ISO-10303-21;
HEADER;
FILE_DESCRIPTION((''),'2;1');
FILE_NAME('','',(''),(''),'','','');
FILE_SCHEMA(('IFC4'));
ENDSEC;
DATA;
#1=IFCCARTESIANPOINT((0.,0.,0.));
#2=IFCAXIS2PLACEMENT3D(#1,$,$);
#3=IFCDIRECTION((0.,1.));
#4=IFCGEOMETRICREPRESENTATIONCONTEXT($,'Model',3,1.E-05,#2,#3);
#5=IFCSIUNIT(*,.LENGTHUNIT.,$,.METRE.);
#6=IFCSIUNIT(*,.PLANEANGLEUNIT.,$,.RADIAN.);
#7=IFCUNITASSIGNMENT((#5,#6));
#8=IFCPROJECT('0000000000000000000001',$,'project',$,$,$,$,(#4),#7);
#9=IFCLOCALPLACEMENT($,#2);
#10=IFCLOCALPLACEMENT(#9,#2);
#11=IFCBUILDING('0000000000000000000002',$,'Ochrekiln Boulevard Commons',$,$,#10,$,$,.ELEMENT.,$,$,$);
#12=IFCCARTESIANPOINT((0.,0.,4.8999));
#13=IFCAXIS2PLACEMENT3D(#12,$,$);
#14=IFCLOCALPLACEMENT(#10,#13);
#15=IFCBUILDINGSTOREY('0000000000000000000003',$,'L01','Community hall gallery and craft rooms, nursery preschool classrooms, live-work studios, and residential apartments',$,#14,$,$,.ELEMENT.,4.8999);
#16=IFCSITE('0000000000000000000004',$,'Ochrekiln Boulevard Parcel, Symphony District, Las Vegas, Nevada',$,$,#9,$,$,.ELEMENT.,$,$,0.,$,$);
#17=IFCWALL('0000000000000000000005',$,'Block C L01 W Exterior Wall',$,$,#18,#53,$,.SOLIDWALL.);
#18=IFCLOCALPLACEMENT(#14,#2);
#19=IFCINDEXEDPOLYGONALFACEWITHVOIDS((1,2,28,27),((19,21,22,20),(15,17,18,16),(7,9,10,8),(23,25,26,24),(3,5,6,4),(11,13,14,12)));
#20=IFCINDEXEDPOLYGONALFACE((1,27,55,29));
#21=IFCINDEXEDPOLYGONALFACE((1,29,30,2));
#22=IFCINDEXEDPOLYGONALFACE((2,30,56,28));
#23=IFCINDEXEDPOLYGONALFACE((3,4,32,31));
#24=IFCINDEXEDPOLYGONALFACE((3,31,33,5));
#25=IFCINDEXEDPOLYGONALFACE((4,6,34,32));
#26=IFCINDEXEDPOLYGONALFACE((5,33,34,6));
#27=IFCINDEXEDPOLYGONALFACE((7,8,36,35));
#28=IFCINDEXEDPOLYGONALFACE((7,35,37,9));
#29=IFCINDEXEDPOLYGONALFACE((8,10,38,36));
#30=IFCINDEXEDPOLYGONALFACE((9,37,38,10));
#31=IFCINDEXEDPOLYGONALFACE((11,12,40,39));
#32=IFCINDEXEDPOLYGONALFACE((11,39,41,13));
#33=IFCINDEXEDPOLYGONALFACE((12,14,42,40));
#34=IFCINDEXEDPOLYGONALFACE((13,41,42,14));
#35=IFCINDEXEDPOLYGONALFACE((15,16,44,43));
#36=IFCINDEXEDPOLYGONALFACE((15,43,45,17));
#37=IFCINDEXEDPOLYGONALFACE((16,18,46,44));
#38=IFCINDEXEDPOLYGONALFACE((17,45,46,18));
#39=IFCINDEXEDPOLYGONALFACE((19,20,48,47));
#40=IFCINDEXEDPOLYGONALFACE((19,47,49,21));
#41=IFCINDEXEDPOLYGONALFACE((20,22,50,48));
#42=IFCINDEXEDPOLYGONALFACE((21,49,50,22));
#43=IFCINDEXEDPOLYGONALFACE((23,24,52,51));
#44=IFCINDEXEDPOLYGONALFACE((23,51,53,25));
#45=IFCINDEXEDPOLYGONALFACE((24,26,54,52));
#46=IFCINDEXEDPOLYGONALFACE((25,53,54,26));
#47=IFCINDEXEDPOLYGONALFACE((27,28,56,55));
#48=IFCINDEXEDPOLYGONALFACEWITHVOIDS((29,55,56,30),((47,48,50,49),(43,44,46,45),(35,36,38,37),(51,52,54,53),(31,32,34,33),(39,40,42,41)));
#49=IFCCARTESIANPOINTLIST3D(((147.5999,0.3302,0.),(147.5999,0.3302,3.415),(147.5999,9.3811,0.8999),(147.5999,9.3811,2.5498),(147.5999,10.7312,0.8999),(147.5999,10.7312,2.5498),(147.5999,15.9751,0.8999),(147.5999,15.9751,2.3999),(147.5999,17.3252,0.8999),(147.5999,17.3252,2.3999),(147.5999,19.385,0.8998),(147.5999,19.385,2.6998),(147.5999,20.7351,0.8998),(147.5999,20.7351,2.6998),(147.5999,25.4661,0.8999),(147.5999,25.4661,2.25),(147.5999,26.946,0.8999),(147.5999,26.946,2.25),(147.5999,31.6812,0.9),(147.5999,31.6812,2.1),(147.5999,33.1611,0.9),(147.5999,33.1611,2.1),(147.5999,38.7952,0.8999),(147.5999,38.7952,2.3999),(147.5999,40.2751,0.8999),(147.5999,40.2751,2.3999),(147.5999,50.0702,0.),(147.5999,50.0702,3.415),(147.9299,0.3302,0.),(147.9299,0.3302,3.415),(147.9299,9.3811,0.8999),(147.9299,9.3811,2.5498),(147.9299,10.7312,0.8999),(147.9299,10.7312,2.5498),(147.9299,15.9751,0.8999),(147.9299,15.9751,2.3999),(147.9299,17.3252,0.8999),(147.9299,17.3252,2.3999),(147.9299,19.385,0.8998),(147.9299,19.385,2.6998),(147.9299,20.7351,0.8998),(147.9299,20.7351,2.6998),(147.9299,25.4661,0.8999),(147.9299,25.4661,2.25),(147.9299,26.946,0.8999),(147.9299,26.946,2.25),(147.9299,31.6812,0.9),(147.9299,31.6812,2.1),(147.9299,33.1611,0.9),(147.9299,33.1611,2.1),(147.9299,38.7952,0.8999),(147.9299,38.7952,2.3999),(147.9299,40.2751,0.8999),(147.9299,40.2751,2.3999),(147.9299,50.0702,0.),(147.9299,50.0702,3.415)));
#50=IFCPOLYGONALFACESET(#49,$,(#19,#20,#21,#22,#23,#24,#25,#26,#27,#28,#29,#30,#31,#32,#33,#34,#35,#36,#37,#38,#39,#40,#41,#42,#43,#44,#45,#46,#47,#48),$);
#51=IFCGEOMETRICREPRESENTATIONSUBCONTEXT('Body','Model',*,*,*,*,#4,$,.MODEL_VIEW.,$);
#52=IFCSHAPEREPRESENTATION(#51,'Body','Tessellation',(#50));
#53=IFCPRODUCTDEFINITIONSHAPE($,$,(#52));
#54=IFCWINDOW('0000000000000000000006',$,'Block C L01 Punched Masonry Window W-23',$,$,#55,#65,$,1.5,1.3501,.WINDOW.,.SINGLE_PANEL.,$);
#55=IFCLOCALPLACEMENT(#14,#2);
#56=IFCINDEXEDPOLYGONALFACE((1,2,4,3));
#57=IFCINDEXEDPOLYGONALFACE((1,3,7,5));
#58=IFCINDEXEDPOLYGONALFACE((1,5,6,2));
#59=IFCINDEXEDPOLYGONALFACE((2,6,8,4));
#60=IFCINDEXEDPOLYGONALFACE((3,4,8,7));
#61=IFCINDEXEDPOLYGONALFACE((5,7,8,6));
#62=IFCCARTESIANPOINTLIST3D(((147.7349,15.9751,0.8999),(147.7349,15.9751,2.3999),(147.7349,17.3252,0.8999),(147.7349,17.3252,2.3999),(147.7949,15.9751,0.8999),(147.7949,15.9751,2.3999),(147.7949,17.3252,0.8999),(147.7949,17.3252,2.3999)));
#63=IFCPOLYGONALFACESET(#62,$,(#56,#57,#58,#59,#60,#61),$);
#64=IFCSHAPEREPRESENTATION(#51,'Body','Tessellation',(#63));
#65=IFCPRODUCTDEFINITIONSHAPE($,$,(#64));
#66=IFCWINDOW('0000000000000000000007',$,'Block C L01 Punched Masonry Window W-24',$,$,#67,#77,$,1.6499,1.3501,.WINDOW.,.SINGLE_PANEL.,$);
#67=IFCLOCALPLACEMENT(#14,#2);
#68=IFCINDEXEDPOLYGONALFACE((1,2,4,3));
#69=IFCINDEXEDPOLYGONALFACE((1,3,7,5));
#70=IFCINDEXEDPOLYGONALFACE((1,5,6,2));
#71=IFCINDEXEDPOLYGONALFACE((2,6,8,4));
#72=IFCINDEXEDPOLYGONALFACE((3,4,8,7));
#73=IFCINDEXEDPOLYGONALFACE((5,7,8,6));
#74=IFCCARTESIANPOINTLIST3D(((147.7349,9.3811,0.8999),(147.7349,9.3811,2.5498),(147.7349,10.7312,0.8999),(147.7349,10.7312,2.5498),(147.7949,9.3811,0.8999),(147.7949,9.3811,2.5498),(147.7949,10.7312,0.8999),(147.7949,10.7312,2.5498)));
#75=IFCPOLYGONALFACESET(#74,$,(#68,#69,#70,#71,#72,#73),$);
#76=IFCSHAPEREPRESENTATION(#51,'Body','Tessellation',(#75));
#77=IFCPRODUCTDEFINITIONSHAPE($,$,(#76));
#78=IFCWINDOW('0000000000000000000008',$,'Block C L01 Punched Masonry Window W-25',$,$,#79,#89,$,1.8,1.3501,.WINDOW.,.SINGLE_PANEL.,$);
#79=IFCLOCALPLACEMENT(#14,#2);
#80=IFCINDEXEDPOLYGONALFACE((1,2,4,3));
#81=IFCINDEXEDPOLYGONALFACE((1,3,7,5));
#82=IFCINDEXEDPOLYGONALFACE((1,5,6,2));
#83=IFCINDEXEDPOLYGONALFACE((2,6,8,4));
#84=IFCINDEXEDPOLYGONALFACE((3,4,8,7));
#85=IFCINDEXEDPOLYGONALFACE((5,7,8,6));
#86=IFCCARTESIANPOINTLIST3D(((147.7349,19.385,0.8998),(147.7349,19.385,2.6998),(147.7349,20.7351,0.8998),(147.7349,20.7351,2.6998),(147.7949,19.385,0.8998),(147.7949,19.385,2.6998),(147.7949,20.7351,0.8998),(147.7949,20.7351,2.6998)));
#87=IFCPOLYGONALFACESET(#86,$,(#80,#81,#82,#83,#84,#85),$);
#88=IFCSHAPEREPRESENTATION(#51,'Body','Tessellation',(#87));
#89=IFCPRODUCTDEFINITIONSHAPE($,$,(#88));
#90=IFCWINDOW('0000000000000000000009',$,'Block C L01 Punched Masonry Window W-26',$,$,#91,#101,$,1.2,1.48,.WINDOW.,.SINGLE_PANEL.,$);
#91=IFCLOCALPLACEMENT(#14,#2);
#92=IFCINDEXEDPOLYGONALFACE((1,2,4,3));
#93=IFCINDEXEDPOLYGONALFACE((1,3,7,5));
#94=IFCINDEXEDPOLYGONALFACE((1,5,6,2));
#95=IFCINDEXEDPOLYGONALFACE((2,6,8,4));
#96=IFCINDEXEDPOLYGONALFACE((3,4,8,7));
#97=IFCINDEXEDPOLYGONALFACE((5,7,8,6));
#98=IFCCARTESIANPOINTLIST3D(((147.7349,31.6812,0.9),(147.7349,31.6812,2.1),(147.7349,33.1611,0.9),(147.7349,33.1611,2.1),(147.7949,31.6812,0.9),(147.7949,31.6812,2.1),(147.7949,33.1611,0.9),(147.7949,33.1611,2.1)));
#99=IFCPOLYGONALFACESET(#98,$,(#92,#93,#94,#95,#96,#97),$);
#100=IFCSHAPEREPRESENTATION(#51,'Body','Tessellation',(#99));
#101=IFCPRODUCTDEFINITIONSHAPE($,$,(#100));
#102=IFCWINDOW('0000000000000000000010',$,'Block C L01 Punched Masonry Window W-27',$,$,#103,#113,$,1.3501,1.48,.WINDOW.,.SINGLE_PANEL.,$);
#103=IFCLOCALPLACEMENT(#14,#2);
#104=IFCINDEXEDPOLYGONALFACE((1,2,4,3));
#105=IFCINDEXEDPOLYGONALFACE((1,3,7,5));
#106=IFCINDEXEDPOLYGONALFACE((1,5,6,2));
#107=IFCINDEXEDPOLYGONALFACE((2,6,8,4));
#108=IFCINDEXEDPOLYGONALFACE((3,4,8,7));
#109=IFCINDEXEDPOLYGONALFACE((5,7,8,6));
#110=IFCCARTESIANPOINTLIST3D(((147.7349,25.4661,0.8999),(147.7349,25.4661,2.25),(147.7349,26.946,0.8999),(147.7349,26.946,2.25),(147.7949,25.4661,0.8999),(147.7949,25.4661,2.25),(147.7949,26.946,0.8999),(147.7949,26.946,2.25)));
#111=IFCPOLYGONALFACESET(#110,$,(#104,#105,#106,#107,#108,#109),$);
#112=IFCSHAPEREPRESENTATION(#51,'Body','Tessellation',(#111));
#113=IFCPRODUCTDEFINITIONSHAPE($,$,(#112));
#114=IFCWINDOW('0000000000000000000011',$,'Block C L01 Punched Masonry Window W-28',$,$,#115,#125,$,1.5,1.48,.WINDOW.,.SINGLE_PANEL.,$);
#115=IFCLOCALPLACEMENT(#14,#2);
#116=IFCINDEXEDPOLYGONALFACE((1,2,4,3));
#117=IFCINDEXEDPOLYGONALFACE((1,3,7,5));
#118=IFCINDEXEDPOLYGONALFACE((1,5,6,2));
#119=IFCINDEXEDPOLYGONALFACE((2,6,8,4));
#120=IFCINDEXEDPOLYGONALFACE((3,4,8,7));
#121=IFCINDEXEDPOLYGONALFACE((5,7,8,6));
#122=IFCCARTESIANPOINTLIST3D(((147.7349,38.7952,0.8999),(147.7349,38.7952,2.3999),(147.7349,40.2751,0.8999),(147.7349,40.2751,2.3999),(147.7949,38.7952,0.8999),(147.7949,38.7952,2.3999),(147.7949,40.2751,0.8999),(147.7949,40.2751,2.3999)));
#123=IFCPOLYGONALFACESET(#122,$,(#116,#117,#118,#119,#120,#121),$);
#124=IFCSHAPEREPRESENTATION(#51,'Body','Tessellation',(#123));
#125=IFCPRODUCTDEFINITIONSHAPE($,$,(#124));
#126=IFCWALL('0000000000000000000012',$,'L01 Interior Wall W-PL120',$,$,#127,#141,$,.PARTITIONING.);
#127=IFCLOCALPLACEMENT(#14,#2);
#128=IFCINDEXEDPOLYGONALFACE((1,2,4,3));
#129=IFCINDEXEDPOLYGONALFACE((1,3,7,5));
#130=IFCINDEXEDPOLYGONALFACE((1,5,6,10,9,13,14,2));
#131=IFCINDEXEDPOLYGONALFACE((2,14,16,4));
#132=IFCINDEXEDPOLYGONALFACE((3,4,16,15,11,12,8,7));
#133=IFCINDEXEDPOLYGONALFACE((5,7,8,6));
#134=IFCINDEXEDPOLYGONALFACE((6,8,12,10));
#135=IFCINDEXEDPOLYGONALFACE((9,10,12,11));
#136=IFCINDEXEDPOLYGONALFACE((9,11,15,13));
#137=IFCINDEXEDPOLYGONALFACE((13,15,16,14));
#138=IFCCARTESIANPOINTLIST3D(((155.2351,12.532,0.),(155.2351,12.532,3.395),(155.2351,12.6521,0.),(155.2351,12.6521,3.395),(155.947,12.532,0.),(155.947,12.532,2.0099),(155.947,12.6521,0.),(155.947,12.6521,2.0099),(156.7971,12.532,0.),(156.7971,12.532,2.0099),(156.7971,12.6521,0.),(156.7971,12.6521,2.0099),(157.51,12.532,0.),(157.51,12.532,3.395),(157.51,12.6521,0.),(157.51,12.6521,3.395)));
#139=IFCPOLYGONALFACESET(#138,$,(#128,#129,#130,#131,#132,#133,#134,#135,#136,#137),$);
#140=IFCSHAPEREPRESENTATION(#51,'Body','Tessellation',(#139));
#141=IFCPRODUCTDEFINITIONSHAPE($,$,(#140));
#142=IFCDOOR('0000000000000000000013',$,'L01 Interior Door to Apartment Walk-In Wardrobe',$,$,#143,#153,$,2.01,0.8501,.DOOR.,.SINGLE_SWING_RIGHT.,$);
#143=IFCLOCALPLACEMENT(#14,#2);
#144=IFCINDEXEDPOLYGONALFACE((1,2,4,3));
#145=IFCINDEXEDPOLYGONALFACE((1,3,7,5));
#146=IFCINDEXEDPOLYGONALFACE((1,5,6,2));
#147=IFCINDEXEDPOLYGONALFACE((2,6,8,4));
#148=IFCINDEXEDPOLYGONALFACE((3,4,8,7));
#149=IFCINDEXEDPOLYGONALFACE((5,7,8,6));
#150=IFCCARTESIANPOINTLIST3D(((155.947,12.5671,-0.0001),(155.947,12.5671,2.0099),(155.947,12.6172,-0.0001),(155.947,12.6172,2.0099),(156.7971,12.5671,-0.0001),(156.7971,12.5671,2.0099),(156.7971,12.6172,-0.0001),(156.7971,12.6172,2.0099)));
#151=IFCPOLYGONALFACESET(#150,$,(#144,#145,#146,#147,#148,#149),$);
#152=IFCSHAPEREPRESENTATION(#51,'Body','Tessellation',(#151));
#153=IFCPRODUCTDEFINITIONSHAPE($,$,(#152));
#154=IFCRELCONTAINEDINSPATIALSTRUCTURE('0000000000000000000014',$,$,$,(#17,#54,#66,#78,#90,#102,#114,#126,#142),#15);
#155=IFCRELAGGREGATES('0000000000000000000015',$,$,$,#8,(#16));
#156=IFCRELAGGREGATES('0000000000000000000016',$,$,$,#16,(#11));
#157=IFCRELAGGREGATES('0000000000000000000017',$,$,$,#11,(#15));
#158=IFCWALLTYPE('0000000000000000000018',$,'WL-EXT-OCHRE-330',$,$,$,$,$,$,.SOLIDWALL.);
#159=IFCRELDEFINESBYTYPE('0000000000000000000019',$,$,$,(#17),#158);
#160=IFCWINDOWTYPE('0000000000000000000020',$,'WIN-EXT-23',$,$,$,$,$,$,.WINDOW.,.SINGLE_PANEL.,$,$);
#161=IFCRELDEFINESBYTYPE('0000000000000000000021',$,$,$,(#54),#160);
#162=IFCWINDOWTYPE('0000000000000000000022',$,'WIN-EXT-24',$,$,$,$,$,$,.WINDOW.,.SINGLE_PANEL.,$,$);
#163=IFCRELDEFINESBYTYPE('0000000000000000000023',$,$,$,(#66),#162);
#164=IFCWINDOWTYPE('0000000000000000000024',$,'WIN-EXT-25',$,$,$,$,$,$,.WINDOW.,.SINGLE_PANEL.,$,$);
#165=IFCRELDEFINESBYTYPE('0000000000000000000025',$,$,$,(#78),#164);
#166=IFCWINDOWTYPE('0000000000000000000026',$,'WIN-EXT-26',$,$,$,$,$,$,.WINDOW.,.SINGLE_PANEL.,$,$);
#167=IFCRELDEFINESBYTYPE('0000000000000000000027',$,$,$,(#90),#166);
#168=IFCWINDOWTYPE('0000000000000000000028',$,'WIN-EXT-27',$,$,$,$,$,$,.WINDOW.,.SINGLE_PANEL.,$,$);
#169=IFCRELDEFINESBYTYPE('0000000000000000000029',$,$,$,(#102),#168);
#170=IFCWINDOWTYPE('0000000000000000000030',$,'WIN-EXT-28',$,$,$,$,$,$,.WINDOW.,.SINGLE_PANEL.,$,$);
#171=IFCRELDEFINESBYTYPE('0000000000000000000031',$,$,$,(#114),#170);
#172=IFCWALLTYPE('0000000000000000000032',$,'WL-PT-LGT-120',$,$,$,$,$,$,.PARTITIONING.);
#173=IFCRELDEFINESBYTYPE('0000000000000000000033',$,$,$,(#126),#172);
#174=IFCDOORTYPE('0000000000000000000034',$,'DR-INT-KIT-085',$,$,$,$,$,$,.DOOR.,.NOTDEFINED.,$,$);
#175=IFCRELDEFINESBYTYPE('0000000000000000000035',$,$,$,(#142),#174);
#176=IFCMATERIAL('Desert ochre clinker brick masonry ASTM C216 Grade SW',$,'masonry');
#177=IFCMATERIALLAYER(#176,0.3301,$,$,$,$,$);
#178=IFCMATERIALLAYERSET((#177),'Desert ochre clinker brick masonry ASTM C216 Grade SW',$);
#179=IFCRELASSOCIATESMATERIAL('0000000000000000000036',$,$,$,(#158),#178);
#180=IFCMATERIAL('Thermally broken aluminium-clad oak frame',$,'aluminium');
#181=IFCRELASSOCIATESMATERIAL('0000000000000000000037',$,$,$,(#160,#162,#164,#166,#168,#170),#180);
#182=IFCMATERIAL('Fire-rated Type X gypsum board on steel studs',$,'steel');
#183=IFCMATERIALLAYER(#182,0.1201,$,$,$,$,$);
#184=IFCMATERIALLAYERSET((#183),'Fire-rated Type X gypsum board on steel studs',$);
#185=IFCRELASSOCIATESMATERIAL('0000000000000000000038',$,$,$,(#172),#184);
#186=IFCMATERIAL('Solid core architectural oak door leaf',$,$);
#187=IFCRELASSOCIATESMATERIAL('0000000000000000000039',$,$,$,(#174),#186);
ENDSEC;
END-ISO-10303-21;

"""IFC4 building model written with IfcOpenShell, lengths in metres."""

from ifc_helpers import new_model, si_unit, direction, frame, frame_2d, origin, place, context, subcontext, project, spatial, rectangle, extrude, material, layer, layer_set, type_object, element, fill, save


model = new_model("IFC4")

# Units and contexts
model_context = context("Model", 3, precision=1e-05, world=origin(), true_north=direction((0.0, 1.0)))
body_context = subcontext(model_context, "Body", "Model", "MODEL_VIEW")
ifc_project = project(units=[si_unit("LENGTHUNIT", "METRE"), si_unit("PLANEANGLEUNIT", "RADIAN")], contexts=[model_context])

# Site, building, storey
site_placement = place(None, origin())
site = spatial("IfcSite", under=ifc_project, at=site_placement, Name="Ochrekiln Boulevard Parcel, Symphony District, Las Vegas, Nevada", CompositionType="ELEMENT", RefElevation=0.0)
building_placement = place(site_placement, origin())
building = spatial("IfcBuilding", under=site, at=building_placement, Name="Ochrekiln Boulevard Commons", CompositionType="ELEMENT")
storey_placement = place(building_placement, frame((0.0, 0.0, 4.8999)))
storey = spatial("IfcBuildingStorey", under=building, at=storey_placement, Name="L01", Description="Community hall gallery and craft rooms, nursery preschool classrooms, live-work studios, and residential apartments", CompositionType="ELEMENT", Elevation=4.8999)

# Wall, openings, windows
ifc_material_1 = material(Name="Desert ochre clinker brick masonry ASTM C216 Grade SW", Category="masonry")
ifc_layer_1 = layer(ifc_material_1, 0.3301)
ifc_layer_set_1 = layer_set([ifc_layer_1], Name="Desert ochre clinker brick masonry ASTM C216 Grade SW")
wall_type_1 = type_object("IfcWallType", Name="WL-EXT-OCHRE-330", PredefinedType="SOLIDWALL", material=ifc_layer_set_1)
wall_1_placement = place(storey_placement, frame((147.7649, 0.3301, 0.0), z_axis=(0.0, 0.0, 1.0), x_axis=(0.0, 1.0, 0.0)))
wall_1 = element("IfcWall", 1, at=wall_1_placement, inside=storey, type_object=wall_type_1, Name="Block C L01 W Exterior Wall", PredefinedType="SOLIDWALL", context=body_context, shape_type="SweptSolid", body=[
    extrude(rectangle(XDim=49.74, YDim=0.3301, at=frame_2d((24.8701, 0.0))), origin(), (0.0, 0.0, 1.0), 3.415),
])
opening_1_placement = place(wall_1_placement, frame((15.645, 0.0, 0.8999)))
opening_1 = element("IfcOpeningElement", 2, at=opening_1_placement, cuts=wall_1, PredefinedType="OPENING", context=body_context, shape_type="SweptSolid", body=[
    extrude(rectangle(XDim=1.3501, YDim=1.5, at=frame_2d((0.675, 0.75))), frame((0.0, 0.175, 0.0), z_axis=(0.0, -1.0, 0.0), x_axis=(1.0, 0.0, 0.0)), (0.0, 0.0, 1.0), 0.3501),
])
opening_2_placement = place(wall_1_placement, frame((9.051, 0.0, 0.8999)))
opening_2 = element("IfcOpeningElement", 3, at=opening_2_placement, cuts=wall_1, PredefinedType="OPENING", context=body_context, shape_type="SweptSolid", body=[
    extrude(rectangle(XDim=1.3501, YDim=1.6499, at=frame_2d((0.675, 0.825))), frame((0.0, 0.175, 0.0), z_axis=(0.0, -1.0, 0.0), x_axis=(1.0, 0.0, 0.0)), (0.0, 0.0, 1.0), 0.3501),
])
opening_3_placement = place(wall_1_placement, frame((19.0549, 0.0, 0.8999)))
opening_3 = element("IfcOpeningElement", 4, at=opening_3_placement, cuts=wall_1, PredefinedType="OPENING", context=body_context, shape_type="SweptSolid", body=[
    extrude(rectangle(XDim=1.3501, YDim=1.8, at=frame_2d((0.675, 0.8999))), frame((0.0, 0.175, 0.0), z_axis=(0.0, -1.0, 0.0), x_axis=(1.0, 0.0, 0.0)), (0.0, 0.0, 1.0), 0.3501),
])
opening_4_placement = place(wall_1_placement, frame((31.3511, 0.0, 0.8999)))
opening_4 = element("IfcOpeningElement", 5, at=opening_4_placement, cuts=wall_1, PredefinedType="OPENING", context=body_context, shape_type="SweptSolid", body=[
    extrude(rectangle(XDim=1.48, YDim=1.2, at=frame_2d((0.74, 0.6001))), frame((0.0, 0.175, 0.0), z_axis=(0.0, -1.0, 0.0), x_axis=(1.0, 0.0, 0.0)), (0.0, 0.0, 1.0), 0.3501),
])
opening_5_placement = place(wall_1_placement, frame((25.136, 0.0, 0.8999)))
opening_5 = element("IfcOpeningElement", 6, at=opening_5_placement, cuts=wall_1, PredefinedType="OPENING", context=body_context, shape_type="SweptSolid", body=[
    extrude(rectangle(XDim=1.48, YDim=1.3501, at=frame_2d((0.74, 0.675))), frame((0.0, 0.175, 0.0), z_axis=(0.0, -1.0, 0.0), x_axis=(1.0, 0.0, 0.0)), (0.0, 0.0, 1.0), 0.3501),
])
opening_6_placement = place(wall_1_placement, frame((38.4651, 0.0, 0.8999)))
opening_6 = element("IfcOpeningElement", 7, at=opening_6_placement, cuts=wall_1, PredefinedType="OPENING", context=body_context, shape_type="SweptSolid", body=[
    extrude(rectangle(XDim=1.48, YDim=1.5, at=frame_2d((0.74, 0.75))), frame((0.0, 0.175, 0.0), z_axis=(0.0, -1.0, 0.0), x_axis=(1.0, 0.0, 0.0)), (0.0, 0.0, 1.0), 0.3501),
])
ifc_material_2 = material(Name="Thermally broken aluminium-clad oak frame", Category="aluminium")
window_type_1 = type_object("IfcWindowType", Name="WIN-EXT-23", PartitioningType="SINGLE_PANEL", PredefinedType="WINDOW", material=ifc_material_2)
window_1_placement = place(opening_1_placement, origin())
window_1 = element("IfcWindow", 8, at=window_1_placement, inside=storey, type_object=window_type_1, Name="Block C L01 Punched Masonry Window W-23", OverallHeight=1.5, OverallWidth=1.3501, PartitioningType="SINGLE_PANEL", PredefinedType="WINDOW", context=body_context, shape_type="SweptSolid", body=[
    extrude(rectangle(XDim=1.3501, YDim=1.5, at=frame_2d((0.675, 0.75))), frame((0.0, 0.03, 0.0), z_axis=(0.0, -1.0, 0.0), x_axis=(1.0, 0.0, 0.0)), (0.0, 0.0, 1.0), 0.0601),
])
fill(opening_1, window_1)
window_type_2 = type_object("IfcWindowType", Name="WIN-EXT-24", PartitioningType="SINGLE_PANEL", PredefinedType="WINDOW", material=ifc_material_2)
window_2_placement = place(opening_2_placement, origin())
window_2 = element("IfcWindow", 9, at=window_2_placement, inside=storey, type_object=window_type_2, Name="Block C L01 Punched Masonry Window W-24", OverallHeight=1.6499, OverallWidth=1.3501, PartitioningType="SINGLE_PANEL", PredefinedType="WINDOW", context=body_context, shape_type="SweptSolid", body=[
    extrude(rectangle(XDim=1.3501, YDim=1.6499, at=frame_2d((0.675, 0.825))), frame((0.0, 0.03, 0.0), z_axis=(0.0, -1.0, 0.0), x_axis=(1.0, 0.0, 0.0)), (0.0, 0.0, 1.0), 0.0601),
])
fill(opening_2, window_2)
window_type_3 = type_object("IfcWindowType", Name="WIN-EXT-25", PartitioningType="SINGLE_PANEL", PredefinedType="WINDOW", material=ifc_material_2)
window_3_placement = place(opening_3_placement, origin())
window_3 = element("IfcWindow", 10, at=window_3_placement, inside=storey, type_object=window_type_3, Name="Block C L01 Punched Masonry Window W-25", OverallHeight=1.8, OverallWidth=1.3501, PartitioningType="SINGLE_PANEL", PredefinedType="WINDOW", context=body_context, shape_type="SweptSolid", body=[
    extrude(rectangle(XDim=1.3501, YDim=1.8, at=frame_2d((0.675, 0.8999))), frame((0.0, 0.03, 0.0), z_axis=(0.0, -1.0, 0.0), x_axis=(1.0, 0.0, 0.0)), (0.0, 0.0, 1.0), 0.0601),
])
fill(opening_3, window_3)
window_type_4 = type_object("IfcWindowType", Name="WIN-EXT-26", PartitioningType="SINGLE_PANEL", PredefinedType="WINDOW", material=ifc_material_2)
window_4_placement = place(opening_4_placement, origin())
window_4 = element("IfcWindow", 11, at=window_4_placement, inside=storey, type_object=window_type_4, Name="Block C L01 Punched Masonry Window W-26", OverallHeight=1.2, OverallWidth=1.48, PartitioningType="SINGLE_PANEL", PredefinedType="WINDOW", context=body_context, shape_type="SweptSolid", body=[
    extrude(rectangle(XDim=1.48, YDim=1.2, at=frame_2d((0.74, 0.6001))), frame((0.0, 0.03, 0.0), z_axis=(0.0, -1.0, 0.0), x_axis=(1.0, 0.0, 0.0)), (0.0, 0.0, 1.0), 0.0601),
])
fill(opening_4, window_4)
window_type_5 = type_object("IfcWindowType", Name="WIN-EXT-27", PartitioningType="SINGLE_PANEL", PredefinedType="WINDOW", material=ifc_material_2)
window_5_placement = place(opening_5_placement, origin())
window_5 = element("IfcWindow", 12, at=window_5_placement, inside=storey, type_object=window_type_5, Name="Block C L01 Punched Masonry Window W-27", OverallHeight=1.3501, OverallWidth=1.48, PartitioningType="SINGLE_PANEL", PredefinedType="WINDOW", context=body_context, shape_type="SweptSolid", body=[
    extrude(rectangle(XDim=1.48, YDim=1.3501, at=frame_2d((0.74, 0.675))), frame((0.0, 0.03, 0.0), z_axis=(0.0, -1.0, 0.0), x_axis=(1.0, 0.0, 0.0)), (0.0, 0.0, 1.0), 0.0601),
])
fill(opening_5, window_5)
window_type_6 = type_object("IfcWindowType", Name="WIN-EXT-28", PartitioningType="SINGLE_PANEL", PredefinedType="WINDOW", material=ifc_material_2)
window_6_placement = place(opening_6_placement, origin())
window_6 = element("IfcWindow", 13, at=window_6_placement, inside=storey, type_object=window_type_6, Name="Block C L01 Punched Masonry Window W-28", OverallHeight=1.5, OverallWidth=1.48, PartitioningType="SINGLE_PANEL", PredefinedType="WINDOW", context=body_context, shape_type="SweptSolid", body=[
    extrude(rectangle(XDim=1.48, YDim=1.5, at=frame_2d((0.74, 0.75))), frame((0.0, 0.03, 0.0), z_axis=(0.0, -1.0, 0.0), x_axis=(1.0, 0.0, 0.0)), (0.0, 0.0, 1.0), 0.0601),
])
fill(opening_6, window_6)

# Wall, opening, door
ifc_material_3 = material(Name="Fire-rated Type X gypsum board on steel studs", Category="steel")
ifc_layer_2 = layer(ifc_material_3, 0.1201)
ifc_layer_set_2 = layer_set([ifc_layer_2], Name="Fire-rated Type X gypsum board on steel studs")
wall_type_2 = type_object("IfcWallType", Name="WL-PT-LGT-120", PredefinedType="PARTITIONING", material=ifc_layer_set_2)
wall_2_placement = place(storey_placement, frame((155.2351, 12.592, 0.0), z_axis=(0.0, 0.0, 1.0), x_axis=(1.0, 0.0, 0.0)))
wall_2 = element("IfcWall", 14, at=wall_2_placement, inside=storey, type_object=wall_type_2, Name="L01 Interior Wall W-PL120", PredefinedType="PARTITIONING", context=body_context, shape_type="SweptSolid", body=[
    extrude(rectangle(XDim=2.2749, YDim=0.1201, at=frame_2d((1.1375, 0.0))), origin(), (0.0, 0.0, 1.0), 3.395),
])
opening_7_placement = place(wall_2_placement, frame((0.7119, 0.0, 0.0)))
opening_7 = element("IfcOpeningElement", 15, at=opening_7_placement, cuts=wall_2, PredefinedType="OPENING", context=body_context, shape_type="SweptSolid", body=[
    extrude(rectangle(XDim=0.8501, YDim=2.01, at=frame_2d((0.425, 1.0049))), frame((0.0, 0.0701, 0.0), z_axis=(0.0, -1.0, 0.0), x_axis=(1.0, 0.0, 0.0)), (0.0, 0.0, 1.0), 0.1401),
])
ifc_material_4 = material(Name="Solid core architectural oak door leaf")
door_type_1 = type_object("IfcDoorType", Name="DR-INT-KIT-085", OperationType="NOTDEFINED", PredefinedType="DOOR", material=ifc_material_4)
door_1_placement = place(opening_7_placement, frame((0.8501, 0.0, 0.0), z_axis=(0.0, 0.0, 1.0), x_axis=(-1.0, 0.0, 0.0)))
door_1 = element("IfcDoor", 16, at=door_1_placement, inside=storey, type_object=door_type_1, Name="L01 Interior Door to Apartment Walk-In Wardrobe", OperationType="SINGLE_SWING_RIGHT", OverallHeight=2.01, OverallWidth=0.8501, PredefinedType="DOOR", context=body_context, shape_type="SweptSolid", body=[
    extrude(rectangle(XDim=0.8501, YDim=2.01, at=frame_2d((0.425, 1.0049))), frame((0.0, 0.0249, 0.0), z_axis=(0.0, -1.0, 0.0), x_axis=(1.0, 0.0, 0.0)), (0.0, 0.0, 1.0), 0.05),
])
fill(opening_7, door_1)

save(model, "model.ifc")
